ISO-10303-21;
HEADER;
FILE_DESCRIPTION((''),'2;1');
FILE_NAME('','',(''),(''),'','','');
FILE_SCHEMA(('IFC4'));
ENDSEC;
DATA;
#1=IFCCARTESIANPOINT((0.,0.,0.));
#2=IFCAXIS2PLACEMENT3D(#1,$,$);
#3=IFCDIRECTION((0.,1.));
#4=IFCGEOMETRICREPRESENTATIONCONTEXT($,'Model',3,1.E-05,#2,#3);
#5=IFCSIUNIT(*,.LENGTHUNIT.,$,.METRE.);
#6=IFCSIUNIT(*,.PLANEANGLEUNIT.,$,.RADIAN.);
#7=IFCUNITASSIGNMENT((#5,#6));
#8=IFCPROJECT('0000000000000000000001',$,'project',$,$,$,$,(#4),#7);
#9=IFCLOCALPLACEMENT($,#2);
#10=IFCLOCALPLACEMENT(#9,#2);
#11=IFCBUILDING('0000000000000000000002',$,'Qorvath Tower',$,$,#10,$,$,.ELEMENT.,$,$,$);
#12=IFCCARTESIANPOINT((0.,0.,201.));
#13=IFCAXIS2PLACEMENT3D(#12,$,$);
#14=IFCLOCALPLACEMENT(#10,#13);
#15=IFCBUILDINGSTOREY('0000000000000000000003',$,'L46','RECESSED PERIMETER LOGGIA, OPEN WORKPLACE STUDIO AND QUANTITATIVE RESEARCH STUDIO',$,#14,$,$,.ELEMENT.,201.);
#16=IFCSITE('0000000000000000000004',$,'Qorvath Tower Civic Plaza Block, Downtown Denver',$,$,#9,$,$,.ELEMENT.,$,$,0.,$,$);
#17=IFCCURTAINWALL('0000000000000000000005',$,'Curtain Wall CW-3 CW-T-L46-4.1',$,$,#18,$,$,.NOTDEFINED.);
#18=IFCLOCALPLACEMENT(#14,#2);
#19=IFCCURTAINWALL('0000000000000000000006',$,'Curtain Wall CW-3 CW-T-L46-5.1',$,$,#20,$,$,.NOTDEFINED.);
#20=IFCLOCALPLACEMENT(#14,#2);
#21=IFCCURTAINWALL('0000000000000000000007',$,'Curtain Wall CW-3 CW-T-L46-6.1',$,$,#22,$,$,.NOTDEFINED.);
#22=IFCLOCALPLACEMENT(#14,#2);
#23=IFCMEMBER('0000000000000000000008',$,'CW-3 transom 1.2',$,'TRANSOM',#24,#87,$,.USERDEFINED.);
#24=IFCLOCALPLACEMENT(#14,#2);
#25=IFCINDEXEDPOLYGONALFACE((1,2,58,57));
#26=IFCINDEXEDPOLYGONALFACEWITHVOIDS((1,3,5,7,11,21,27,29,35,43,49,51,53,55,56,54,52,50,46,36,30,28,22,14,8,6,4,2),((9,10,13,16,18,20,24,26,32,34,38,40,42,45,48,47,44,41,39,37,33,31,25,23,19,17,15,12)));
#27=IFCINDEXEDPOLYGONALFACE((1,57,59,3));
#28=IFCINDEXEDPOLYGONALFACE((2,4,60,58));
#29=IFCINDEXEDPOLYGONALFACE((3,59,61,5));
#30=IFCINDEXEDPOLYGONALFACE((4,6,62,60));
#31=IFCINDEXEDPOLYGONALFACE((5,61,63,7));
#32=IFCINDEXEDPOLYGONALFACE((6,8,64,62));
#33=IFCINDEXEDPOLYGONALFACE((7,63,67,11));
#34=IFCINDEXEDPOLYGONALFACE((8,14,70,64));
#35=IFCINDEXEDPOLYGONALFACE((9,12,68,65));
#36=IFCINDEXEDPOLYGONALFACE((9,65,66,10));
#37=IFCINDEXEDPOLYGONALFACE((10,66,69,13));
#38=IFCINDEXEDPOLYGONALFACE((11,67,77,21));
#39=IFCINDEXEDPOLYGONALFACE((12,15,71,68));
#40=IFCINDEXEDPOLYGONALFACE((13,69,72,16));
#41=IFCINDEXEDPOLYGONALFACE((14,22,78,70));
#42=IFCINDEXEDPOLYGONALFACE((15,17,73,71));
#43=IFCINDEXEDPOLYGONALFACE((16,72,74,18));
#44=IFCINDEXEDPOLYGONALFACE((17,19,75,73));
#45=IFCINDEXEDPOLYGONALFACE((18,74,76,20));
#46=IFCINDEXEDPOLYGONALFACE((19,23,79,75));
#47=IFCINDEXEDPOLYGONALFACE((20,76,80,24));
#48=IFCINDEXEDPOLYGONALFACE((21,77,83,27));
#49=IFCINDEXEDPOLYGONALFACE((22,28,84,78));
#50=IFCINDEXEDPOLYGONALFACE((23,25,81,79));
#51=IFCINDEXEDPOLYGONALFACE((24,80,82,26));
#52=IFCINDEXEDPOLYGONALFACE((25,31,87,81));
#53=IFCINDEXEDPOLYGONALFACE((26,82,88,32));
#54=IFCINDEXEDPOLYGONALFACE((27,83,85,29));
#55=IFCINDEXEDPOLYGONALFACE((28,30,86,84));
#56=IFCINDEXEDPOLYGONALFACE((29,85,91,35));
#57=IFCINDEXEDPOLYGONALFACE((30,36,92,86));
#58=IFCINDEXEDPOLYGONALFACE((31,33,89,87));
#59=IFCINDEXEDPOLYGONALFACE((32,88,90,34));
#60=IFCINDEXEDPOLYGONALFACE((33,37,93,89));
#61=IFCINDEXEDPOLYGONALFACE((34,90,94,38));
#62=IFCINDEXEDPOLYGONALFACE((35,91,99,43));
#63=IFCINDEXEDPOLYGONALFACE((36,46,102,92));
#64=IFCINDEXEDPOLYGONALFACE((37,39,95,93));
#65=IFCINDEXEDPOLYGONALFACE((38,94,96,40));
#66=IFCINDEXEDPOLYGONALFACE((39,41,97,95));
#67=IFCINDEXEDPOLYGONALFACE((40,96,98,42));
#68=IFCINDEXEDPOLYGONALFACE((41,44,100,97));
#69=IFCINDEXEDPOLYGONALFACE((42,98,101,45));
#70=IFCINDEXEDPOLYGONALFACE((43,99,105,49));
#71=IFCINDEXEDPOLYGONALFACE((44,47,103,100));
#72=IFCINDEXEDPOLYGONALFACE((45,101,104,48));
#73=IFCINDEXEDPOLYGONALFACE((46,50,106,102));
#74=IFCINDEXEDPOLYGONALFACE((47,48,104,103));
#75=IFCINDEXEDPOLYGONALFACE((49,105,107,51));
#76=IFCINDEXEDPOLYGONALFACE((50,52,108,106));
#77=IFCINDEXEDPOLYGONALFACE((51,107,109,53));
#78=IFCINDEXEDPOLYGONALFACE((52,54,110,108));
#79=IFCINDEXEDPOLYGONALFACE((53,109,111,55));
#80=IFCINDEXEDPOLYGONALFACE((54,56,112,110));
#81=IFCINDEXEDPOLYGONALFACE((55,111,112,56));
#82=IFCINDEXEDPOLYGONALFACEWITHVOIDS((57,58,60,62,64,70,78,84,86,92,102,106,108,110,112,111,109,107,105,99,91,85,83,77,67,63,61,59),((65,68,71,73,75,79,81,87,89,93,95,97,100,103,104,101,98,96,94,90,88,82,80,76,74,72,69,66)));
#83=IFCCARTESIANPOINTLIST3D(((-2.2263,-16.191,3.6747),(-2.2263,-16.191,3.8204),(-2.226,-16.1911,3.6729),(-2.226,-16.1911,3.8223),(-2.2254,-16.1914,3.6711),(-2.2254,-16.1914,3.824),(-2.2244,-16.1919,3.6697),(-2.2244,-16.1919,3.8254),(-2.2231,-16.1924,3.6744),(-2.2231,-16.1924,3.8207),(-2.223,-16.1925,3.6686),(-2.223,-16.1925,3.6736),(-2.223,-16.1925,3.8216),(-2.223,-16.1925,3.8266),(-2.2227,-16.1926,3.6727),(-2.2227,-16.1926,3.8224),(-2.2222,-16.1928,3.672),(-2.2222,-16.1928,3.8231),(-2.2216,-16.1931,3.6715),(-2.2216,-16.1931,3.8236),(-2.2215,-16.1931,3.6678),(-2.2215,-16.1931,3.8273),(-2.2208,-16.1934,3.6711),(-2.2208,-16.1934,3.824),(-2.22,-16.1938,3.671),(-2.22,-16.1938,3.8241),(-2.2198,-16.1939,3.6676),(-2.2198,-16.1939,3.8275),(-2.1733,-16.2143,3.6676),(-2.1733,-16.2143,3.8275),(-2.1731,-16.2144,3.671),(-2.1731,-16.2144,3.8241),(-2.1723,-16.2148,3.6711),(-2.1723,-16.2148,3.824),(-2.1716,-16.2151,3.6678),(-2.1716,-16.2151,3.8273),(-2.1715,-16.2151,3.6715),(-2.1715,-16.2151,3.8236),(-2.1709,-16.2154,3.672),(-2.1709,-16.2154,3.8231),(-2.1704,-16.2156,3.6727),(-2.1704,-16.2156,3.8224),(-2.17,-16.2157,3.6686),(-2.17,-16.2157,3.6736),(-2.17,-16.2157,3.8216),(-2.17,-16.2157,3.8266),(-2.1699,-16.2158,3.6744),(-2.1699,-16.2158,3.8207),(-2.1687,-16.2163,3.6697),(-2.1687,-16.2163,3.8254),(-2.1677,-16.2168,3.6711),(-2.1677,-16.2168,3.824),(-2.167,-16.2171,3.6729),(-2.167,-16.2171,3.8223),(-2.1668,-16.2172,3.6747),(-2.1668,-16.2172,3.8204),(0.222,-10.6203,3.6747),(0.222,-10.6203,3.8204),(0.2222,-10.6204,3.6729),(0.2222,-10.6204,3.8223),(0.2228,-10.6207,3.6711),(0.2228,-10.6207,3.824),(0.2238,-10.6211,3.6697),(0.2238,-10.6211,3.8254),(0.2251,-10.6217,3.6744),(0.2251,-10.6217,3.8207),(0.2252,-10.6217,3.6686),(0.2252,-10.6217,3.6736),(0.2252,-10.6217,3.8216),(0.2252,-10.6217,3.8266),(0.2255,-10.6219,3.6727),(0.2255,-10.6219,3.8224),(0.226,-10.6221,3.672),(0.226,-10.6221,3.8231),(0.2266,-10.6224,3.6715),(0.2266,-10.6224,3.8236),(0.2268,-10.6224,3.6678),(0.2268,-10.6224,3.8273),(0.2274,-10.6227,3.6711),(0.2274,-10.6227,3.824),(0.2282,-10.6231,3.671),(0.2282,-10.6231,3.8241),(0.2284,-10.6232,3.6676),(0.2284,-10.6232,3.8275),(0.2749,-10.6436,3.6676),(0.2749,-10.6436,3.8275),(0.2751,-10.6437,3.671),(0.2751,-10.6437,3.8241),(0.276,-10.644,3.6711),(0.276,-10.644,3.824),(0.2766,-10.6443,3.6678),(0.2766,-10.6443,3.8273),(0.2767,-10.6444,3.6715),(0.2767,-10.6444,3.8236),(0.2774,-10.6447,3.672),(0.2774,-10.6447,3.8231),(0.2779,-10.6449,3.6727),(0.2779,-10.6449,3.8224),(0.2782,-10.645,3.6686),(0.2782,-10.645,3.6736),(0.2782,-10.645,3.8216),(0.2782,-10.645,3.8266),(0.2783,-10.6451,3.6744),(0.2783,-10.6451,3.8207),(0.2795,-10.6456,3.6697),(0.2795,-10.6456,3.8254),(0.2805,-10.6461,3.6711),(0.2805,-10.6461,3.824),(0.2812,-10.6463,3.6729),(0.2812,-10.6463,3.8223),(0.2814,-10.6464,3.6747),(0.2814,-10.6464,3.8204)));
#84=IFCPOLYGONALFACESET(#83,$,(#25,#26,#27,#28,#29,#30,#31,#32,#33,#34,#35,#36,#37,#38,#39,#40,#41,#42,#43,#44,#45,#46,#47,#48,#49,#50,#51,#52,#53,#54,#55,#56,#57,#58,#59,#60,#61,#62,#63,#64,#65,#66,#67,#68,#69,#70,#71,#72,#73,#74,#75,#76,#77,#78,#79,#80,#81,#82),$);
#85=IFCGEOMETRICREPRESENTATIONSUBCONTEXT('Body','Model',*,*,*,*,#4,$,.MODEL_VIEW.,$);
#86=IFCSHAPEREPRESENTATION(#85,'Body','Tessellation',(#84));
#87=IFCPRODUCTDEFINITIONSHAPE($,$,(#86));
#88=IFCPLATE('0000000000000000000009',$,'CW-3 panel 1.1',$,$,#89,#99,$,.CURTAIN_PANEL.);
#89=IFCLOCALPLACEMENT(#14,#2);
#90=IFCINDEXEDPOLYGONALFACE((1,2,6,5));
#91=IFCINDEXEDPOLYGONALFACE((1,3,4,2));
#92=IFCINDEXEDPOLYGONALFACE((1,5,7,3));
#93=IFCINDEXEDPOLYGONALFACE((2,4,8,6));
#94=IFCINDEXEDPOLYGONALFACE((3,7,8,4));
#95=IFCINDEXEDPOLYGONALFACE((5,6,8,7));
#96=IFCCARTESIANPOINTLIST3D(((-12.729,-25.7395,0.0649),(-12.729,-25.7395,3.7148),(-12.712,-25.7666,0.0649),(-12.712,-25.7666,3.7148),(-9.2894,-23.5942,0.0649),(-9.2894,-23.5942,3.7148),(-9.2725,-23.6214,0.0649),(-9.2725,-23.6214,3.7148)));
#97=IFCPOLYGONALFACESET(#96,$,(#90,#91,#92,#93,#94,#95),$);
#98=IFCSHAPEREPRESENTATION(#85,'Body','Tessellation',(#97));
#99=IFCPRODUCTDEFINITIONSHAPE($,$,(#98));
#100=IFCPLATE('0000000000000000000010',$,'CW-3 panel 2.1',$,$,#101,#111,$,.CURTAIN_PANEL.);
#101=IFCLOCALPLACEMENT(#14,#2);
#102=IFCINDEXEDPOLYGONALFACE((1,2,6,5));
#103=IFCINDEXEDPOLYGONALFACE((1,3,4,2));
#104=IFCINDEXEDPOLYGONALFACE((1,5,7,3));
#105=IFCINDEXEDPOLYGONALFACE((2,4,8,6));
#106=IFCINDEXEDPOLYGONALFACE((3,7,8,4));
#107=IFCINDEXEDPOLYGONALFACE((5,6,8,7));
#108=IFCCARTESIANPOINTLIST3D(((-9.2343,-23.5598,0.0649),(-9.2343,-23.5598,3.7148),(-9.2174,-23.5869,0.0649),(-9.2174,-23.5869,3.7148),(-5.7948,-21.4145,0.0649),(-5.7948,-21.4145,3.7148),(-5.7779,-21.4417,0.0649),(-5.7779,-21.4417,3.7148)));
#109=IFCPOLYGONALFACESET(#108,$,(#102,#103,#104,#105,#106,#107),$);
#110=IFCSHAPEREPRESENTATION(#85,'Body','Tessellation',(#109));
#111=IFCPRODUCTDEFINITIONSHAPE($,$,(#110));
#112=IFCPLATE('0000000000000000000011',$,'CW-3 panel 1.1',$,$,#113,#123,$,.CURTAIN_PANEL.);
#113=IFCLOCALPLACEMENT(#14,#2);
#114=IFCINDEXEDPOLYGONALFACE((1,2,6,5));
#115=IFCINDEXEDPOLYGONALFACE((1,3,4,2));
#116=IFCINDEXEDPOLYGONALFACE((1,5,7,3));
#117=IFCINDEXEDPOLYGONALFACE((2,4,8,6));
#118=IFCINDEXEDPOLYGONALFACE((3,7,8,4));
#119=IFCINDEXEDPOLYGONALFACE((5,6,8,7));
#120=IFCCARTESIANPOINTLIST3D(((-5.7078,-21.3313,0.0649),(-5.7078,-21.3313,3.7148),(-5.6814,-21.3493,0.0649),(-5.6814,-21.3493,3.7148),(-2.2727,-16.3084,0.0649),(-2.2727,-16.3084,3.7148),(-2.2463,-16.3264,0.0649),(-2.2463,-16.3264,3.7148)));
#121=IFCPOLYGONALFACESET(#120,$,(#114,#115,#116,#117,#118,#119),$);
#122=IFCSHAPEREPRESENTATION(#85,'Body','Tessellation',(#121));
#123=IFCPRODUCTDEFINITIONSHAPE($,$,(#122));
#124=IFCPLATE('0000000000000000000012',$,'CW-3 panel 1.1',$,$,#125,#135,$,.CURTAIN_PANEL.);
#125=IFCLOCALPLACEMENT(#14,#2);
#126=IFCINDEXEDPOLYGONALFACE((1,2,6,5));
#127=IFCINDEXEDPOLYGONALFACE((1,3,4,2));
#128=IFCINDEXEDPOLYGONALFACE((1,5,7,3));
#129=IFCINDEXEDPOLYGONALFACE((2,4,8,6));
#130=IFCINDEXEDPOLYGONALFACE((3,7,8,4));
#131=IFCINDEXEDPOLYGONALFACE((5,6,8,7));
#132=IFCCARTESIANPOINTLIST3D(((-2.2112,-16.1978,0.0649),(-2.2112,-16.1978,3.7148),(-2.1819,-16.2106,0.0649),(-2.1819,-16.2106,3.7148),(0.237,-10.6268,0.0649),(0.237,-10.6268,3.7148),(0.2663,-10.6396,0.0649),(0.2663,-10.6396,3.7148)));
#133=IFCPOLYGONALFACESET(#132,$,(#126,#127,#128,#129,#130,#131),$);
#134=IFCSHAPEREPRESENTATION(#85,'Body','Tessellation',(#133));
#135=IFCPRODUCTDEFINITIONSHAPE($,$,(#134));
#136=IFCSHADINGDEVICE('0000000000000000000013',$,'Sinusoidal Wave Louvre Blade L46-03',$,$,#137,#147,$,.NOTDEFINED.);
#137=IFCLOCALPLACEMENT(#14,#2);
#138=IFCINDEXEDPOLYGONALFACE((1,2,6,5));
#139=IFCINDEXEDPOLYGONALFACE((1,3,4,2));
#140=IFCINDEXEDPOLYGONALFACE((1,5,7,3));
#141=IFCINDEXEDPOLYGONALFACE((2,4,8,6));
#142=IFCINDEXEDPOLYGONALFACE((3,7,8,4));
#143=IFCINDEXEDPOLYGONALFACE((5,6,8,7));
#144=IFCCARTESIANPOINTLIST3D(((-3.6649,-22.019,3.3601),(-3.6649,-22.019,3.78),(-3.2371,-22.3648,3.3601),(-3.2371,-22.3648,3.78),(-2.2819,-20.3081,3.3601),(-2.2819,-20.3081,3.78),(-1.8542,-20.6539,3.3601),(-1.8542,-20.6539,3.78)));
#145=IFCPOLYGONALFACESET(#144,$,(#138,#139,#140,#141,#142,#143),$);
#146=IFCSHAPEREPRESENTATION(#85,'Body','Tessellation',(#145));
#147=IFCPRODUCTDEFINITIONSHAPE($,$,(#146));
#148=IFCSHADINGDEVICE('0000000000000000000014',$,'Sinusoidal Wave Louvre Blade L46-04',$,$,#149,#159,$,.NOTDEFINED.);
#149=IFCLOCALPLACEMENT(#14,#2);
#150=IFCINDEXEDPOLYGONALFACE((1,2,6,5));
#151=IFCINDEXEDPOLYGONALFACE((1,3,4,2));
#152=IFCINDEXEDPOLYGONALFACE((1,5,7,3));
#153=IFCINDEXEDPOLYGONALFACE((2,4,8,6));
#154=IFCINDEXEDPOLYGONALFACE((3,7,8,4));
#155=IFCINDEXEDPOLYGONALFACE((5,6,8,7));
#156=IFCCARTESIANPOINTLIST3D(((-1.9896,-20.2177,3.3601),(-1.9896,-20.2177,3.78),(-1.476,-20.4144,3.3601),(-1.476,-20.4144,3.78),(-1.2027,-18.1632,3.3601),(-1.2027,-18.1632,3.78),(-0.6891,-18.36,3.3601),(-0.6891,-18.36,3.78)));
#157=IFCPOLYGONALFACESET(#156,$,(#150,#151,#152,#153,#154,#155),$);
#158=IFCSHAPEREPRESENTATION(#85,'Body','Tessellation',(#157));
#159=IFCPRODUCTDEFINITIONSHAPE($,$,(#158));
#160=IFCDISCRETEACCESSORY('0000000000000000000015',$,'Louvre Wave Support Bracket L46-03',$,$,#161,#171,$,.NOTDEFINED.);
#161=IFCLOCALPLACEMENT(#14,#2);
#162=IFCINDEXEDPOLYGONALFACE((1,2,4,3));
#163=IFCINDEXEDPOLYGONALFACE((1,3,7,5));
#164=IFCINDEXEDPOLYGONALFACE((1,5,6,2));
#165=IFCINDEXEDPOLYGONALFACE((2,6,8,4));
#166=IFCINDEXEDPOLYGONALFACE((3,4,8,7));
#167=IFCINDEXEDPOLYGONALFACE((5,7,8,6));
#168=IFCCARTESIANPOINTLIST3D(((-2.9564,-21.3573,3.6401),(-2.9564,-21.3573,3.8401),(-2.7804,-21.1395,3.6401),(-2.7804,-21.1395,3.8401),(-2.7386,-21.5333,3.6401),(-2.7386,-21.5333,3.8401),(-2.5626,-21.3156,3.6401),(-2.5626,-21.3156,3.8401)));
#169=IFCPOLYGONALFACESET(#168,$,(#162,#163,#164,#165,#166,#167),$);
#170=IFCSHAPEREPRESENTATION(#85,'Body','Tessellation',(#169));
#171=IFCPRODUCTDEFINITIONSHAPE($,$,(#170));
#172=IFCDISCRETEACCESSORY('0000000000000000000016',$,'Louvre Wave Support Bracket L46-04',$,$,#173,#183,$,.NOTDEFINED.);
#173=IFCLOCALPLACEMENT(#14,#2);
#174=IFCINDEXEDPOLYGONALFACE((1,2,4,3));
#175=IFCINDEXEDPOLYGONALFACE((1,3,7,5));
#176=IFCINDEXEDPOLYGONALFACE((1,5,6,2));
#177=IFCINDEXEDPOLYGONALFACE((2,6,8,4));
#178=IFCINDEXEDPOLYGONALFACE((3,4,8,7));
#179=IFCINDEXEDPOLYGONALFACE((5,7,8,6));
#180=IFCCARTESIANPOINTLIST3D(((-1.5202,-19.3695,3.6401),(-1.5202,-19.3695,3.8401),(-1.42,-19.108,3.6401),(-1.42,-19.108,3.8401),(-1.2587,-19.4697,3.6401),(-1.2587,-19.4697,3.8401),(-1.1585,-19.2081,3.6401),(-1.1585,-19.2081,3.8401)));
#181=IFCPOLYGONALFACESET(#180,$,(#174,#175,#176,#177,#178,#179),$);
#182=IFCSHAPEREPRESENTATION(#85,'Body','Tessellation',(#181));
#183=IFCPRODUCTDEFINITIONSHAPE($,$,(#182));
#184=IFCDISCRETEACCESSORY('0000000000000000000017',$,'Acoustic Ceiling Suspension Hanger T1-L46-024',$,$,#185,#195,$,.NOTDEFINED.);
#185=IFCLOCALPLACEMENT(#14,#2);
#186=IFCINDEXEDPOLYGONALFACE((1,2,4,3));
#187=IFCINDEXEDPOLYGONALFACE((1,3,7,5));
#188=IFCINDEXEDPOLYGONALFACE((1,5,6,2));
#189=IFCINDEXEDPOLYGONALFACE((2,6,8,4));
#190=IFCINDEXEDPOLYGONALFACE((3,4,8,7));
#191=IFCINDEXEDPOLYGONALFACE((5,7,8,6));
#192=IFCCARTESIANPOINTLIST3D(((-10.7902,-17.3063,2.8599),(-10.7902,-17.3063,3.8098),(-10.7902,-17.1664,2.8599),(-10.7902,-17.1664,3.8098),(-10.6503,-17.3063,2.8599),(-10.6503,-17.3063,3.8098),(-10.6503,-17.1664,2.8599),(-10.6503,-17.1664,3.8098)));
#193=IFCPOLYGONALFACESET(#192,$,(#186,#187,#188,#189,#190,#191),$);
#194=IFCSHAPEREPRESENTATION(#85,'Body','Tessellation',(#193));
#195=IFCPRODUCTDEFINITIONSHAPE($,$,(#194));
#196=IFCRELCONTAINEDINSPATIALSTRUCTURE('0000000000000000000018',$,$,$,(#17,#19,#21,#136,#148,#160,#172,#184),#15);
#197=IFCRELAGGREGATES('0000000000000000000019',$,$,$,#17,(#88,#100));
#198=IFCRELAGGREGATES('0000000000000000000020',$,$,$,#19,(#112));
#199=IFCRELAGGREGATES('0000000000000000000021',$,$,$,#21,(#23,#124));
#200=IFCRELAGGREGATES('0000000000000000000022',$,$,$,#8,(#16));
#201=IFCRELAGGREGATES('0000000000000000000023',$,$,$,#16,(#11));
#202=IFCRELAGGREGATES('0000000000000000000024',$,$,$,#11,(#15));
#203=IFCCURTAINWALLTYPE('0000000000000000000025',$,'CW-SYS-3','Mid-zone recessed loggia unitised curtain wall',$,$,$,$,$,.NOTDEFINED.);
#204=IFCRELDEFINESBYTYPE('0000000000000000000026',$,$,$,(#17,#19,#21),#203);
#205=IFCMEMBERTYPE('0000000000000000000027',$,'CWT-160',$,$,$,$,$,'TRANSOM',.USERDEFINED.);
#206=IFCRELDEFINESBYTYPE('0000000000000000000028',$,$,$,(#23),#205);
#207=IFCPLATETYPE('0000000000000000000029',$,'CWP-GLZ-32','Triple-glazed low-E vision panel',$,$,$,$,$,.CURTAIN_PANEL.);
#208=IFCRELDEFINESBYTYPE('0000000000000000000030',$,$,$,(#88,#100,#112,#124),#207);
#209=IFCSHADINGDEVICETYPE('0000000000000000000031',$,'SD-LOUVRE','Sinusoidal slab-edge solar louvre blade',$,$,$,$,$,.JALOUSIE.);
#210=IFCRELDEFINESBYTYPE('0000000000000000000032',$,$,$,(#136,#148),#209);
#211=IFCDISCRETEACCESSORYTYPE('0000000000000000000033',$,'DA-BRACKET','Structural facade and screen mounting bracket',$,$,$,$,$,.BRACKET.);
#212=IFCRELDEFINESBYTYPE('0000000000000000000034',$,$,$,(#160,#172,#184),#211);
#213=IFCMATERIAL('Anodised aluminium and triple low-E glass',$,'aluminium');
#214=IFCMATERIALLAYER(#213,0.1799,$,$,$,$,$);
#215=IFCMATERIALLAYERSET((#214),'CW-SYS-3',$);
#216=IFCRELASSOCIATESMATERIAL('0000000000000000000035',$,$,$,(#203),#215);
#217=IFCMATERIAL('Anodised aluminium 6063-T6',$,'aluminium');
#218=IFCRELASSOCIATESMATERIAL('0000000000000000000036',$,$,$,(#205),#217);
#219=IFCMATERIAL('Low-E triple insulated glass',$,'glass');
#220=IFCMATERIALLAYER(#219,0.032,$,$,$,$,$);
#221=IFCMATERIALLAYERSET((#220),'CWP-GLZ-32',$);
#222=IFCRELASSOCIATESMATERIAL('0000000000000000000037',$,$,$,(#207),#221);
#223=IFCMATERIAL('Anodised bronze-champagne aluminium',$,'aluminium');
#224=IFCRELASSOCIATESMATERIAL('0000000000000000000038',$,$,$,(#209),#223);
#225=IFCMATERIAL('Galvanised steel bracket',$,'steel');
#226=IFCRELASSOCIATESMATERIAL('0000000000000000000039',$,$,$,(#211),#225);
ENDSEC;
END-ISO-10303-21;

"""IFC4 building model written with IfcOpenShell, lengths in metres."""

from ifc_helpers import new_model, si_unit, direction, frame, origin, origin_2d, place, context, subcontext, project, spatial, rectangle, hollow_rectangle, extrude, material, layer, layer_set, material_profile, profile_set, type_object, element, aggregate, save


model = new_model("IFC4")

# Units and contexts
model_context = context("Model", 3, precision=1e-05, world=origin(), true_north=direction((0.0, 1.0)))
body_context = subcontext(model_context, "Body", "Model", "MODEL_VIEW")
ifc_project = project(units=[si_unit("LENGTHUNIT", "METRE"), si_unit("PLANEANGLEUNIT", "RADIAN")], contexts=[model_context])

# Site, building, storey
site_placement = place(None, origin())
site = spatial("IfcSite", under=ifc_project, at=site_placement, Name="Qorvath Tower Civic Plaza Block, Downtown Denver", CompositionType="ELEMENT", RefElevation=0.0)
building_placement = place(site_placement, origin())
building = spatial("IfcBuilding", under=site, at=building_placement, Name="Qorvath Tower", CompositionType="ELEMENT")
storey_placement = place(building_placement, frame((0.0, 0.0, 201.0)))
storey = spatial("IfcBuildingStorey", under=building, at=storey_placement, Name="L46", Description="RECESSED PERIMETER LOGGIA, OPEN WORKPLACE STUDIO AND QUANTITATIVE RESEARCH STUDIO", CompositionType="ELEMENT", Elevation=201.0)

# Curtain walls
ifc_material_1 = material(Name="Anodised aluminium and triple low-E glass", Category="aluminium")
ifc_layer_1 = layer(ifc_material_1, 0.1799)
ifc_layer_set_1 = layer_set([ifc_layer_1], Name="CW-SYS-3")
curtain_wall_type = type_object("IfcCurtainWallType", Name="CW-SYS-3", Description="Mid-zone recessed loggia unitised curtain wall", PredefinedType="NOTDEFINED", material=ifc_layer_set_1)
curtain_wall_1_placement = place(storey_placement, origin())
curtain_wall_1 = element("IfcCurtainWall", 1, at=curtain_wall_1_placement, inside=storey, type_object=curtain_wall_type, Name="Curtain Wall CW-3 CW-T-L46-4.1", PredefinedType="NOTDEFINED")
curtain_wall_2_placement = place(storey_placement, origin())
curtain_wall_2 = element("IfcCurtainWall", 2, at=curtain_wall_2_placement, inside=storey, type_object=curtain_wall_type, Name="Curtain Wall CW-3 CW-T-L46-5.1", PredefinedType="NOTDEFINED")
curtain_wall_3_placement = place(storey_placement, origin())
curtain_wall_3 = element("IfcCurtainWall", 3, at=curtain_wall_3_placement, inside=storey, type_object=curtain_wall_type, Name="Curtain Wall CW-3 CW-T-L46-6.1", PredefinedType="NOTDEFINED")

# Member
ifc_material_2 = material(Name="Anodised aluminium 6063-T6", Category="aluminium")
ifc_material_profile_1 = material_profile(ifc_material_2, hollow_rectangle(XDim=0.0649, YDim=0.1599, WallThickness=0.0034, InnerFilletRadius=0.0034, OuterFilletRadius=0.0071, at=origin_2d()), Name="CWT 160x65")
ifc_profile_set_1 = profile_set([ifc_material_profile_1], Name="Anodised aluminium 6063-T6")
member_type_1 = type_object("IfcMemberType", Name="CWT-160", ElementType="TRANSOM", PredefinedType="USERDEFINED", material=ifc_profile_set_1)
member_1_placement = place(storey_placement, frame((-2.1965, -16.2041, 3.7476), z_axis=(0.402338, 0.915491, 0.0), x_axis=(-0.915491, 0.402338, 0.0)))
member_1 = element("IfcMember", 4, at=member_1_placement, type_object=member_type_1, Name="CW-3 transom 1.2", ObjectType="TRANSOM", PredefinedType="USERDEFINED", context=body_context, shape_type="SweptSolid", body=[
    extrude(hollow_rectangle(XDim=0.0649, YDim=0.1599, WallThickness=0.0034, InnerFilletRadius=0.0034, OuterFilletRadius=0.0071, at=origin_2d()), origin(), (0.0, 0.0, 1.0), 6.085),
])

# Plates
ifc_material_3 = material(Name="Low-E triple insulated glass", Category="glass")
ifc_layer_2 = layer(ifc_material_3, 0.032)
ifc_layer_set_2 = layer_set([ifc_layer_2], Name="CWP-GLZ-32")
plate_type = type_object("IfcPlateType", Name="CWP-GLZ-32", Description="Triple-glazed low-E vision panel", PredefinedType="CURTAIN_PANEL", material=ifc_layer_set_2)
plate_1_placement = place(storey_placement, frame((-11.0007, -24.6804, 0.0649), z_axis=(0.0, 0.0, 1.0), x_axis=(0.848493, 0.529206, 0.0)))
plate_1 = element("IfcPlate", 5, at=plate_1_placement, type_object=plate_type, Name="CW-3 panel 1.1", PredefinedType="CURTAIN_PANEL", context=body_context, shape_type="SweptSolid", body=[
    extrude(rectangle(XDim=4.0537, YDim=0.032, at=origin_2d()), origin(), (0.0, 0.0, 1.0), 3.6499),
])
plate_2_placement = place(storey_placement, frame((-7.5061, -22.5007, 0.0649), z_axis=(0.0, 0.0, 1.0), x_axis=(0.848493, 0.529206, 0.0)))
plate_2 = element("IfcPlate", 6, at=plate_2_placement, type_object=plate_type, Name="CW-3 panel 2.1", PredefinedType="CURTAIN_PANEL", context=body_context, shape_type="SweptSolid", body=[
    extrude(rectangle(XDim=4.0537, YDim=0.032, at=origin_2d()), origin(), (0.0, 0.0, 1.0), 3.6499),
])
aggregate(curtain_wall_1, [plate_1, plate_2])
plate_3_placement = place(storey_placement, frame((-3.9771, -18.8289, 0.0649), z_axis=(0.0, 0.0, 1.0), x_axis=(0.564512, 0.825425, 0.0)))
plate_3 = element("IfcPlate", 7, at=plate_3_placement, type_object=plate_type, Name="CW-3 panel 1.1", PredefinedType="CURTAIN_PANEL", context=body_context, shape_type="SweptSolid", body=[
    extrude(rectangle(XDim=6.0852, YDim=0.032, at=origin_2d()), origin(), (0.0, 0.0, 1.0), 3.6499),
])
aggregate(curtain_wall_2, [plate_3])
plate_4_placement = place(storey_placement, frame((-0.9724, -13.4187, 0.0649), z_axis=(0.0, 0.0, 1.0), x_axis=(0.402321, 0.915499, 0.0)))
plate_4 = element("IfcPlate", 8, at=plate_4_placement, type_object=plate_type, Name="CW-3 panel 1.1", PredefinedType="CURTAIN_PANEL", context=body_context, shape_type="SweptSolid", body=[
    extrude(rectangle(XDim=6.0852, YDim=0.032, at=origin_2d()), origin(), (0.0, 0.0, 1.0), 3.6499),
])
aggregate(curtain_wall_3, [member_1, plate_4])

# Shading devices
ifc_material_4 = material(Name="Anodised bronze-champagne aluminium", Category="aluminium")
shading_device_type = type_object("IfcShadingDeviceType", Name="SD-LOUVRE", Description="Sinusoidal slab-edge solar louvre blade", PredefinedType="JALOUSIE", material=ifc_material_4)
for number, where, z_axis, x_axis, name in (
    (9, (-2.7595, -21.3364, 3.3601), (0.0, 0.0, 1.0), (0.628628, 0.777706, 0.0), "Sinusoidal Wave Louvre Blade L46-03"),
    (10, (-1.3394, -19.2888, 3.3601), (0.0, 0.0, 1.0), (0.357684, 0.933843, 0.0), "Sinusoidal Wave Louvre Blade L46-04"),
):
    element("IfcShadingDevice", number, at=place(storey_placement, frame(where, z_axis=z_axis, x_axis=x_axis)), inside=storey, type_object=shading_device_type, Name=name, PredefinedType="NOTDEFINED", context=body_context, shape_type="SweptSolid", body=[
        extrude(rectangle(XDim=2.2, YDim=0.55, at=origin_2d()), origin(), (0.0, 0.0, 1.0), 0.4199),
    ])

# Discrete accessories
ifc_material_5 = material(Name="Galvanised steel bracket", Category="steel")
discrete_accessory_type = type_object("IfcDiscreteAccessoryType", Name="DA-BRACKET", Description="Structural facade and screen mounting bracket", PredefinedType="BRACKET", material=ifc_material_5)
for number, where, z_axis, x_axis, name in (
    (11, (-2.7595, -21.3364, 3.6401), (0.0, 0.0, 1.0), (0.628628, 0.777706, 0.0), "Louvre Wave Support Bracket L46-03"),
    (12, (-1.3394, -19.2888, 3.6401), (0.0, 0.0, 1.0), (0.357684, 0.933843, 0.0), "Louvre Wave Support Bracket L46-04"),
):
    element("IfcDiscreteAccessory", number, at=place(storey_placement, frame(where, z_axis=z_axis, x_axis=x_axis)), inside=storey, type_object=discrete_accessory_type, Name=name, PredefinedType="NOTDEFINED", context=body_context, shape_type="SweptSolid", body=[
        extrude(rectangle(XDim=0.28, YDim=0.28, at=origin_2d()), origin(), (0.0, 0.0, 1.0), 0.2),
    ])
discrete_accessory_placement = place(storey_placement, frame((-10.7202, -17.2363, 2.8599), z_axis=(0.0, 0.0, 1.0), x_axis=(1.0, 0.0, 0.0)))
element("IfcDiscreteAccessory", 13, at=discrete_accessory_placement, inside=storey, type_object=discrete_accessory_type, Name="Acoustic Ceiling Suspension Hanger T1-L46-024", PredefinedType="NOTDEFINED", context=body_context, shape_type="SweptSolid", body=[
    extrude(rectangle(XDim=0.1399, YDim=0.1399, at=origin_2d()), origin(), (0.0, 0.0, 1.0), 0.95),
])

save(model, "model.ifc")
